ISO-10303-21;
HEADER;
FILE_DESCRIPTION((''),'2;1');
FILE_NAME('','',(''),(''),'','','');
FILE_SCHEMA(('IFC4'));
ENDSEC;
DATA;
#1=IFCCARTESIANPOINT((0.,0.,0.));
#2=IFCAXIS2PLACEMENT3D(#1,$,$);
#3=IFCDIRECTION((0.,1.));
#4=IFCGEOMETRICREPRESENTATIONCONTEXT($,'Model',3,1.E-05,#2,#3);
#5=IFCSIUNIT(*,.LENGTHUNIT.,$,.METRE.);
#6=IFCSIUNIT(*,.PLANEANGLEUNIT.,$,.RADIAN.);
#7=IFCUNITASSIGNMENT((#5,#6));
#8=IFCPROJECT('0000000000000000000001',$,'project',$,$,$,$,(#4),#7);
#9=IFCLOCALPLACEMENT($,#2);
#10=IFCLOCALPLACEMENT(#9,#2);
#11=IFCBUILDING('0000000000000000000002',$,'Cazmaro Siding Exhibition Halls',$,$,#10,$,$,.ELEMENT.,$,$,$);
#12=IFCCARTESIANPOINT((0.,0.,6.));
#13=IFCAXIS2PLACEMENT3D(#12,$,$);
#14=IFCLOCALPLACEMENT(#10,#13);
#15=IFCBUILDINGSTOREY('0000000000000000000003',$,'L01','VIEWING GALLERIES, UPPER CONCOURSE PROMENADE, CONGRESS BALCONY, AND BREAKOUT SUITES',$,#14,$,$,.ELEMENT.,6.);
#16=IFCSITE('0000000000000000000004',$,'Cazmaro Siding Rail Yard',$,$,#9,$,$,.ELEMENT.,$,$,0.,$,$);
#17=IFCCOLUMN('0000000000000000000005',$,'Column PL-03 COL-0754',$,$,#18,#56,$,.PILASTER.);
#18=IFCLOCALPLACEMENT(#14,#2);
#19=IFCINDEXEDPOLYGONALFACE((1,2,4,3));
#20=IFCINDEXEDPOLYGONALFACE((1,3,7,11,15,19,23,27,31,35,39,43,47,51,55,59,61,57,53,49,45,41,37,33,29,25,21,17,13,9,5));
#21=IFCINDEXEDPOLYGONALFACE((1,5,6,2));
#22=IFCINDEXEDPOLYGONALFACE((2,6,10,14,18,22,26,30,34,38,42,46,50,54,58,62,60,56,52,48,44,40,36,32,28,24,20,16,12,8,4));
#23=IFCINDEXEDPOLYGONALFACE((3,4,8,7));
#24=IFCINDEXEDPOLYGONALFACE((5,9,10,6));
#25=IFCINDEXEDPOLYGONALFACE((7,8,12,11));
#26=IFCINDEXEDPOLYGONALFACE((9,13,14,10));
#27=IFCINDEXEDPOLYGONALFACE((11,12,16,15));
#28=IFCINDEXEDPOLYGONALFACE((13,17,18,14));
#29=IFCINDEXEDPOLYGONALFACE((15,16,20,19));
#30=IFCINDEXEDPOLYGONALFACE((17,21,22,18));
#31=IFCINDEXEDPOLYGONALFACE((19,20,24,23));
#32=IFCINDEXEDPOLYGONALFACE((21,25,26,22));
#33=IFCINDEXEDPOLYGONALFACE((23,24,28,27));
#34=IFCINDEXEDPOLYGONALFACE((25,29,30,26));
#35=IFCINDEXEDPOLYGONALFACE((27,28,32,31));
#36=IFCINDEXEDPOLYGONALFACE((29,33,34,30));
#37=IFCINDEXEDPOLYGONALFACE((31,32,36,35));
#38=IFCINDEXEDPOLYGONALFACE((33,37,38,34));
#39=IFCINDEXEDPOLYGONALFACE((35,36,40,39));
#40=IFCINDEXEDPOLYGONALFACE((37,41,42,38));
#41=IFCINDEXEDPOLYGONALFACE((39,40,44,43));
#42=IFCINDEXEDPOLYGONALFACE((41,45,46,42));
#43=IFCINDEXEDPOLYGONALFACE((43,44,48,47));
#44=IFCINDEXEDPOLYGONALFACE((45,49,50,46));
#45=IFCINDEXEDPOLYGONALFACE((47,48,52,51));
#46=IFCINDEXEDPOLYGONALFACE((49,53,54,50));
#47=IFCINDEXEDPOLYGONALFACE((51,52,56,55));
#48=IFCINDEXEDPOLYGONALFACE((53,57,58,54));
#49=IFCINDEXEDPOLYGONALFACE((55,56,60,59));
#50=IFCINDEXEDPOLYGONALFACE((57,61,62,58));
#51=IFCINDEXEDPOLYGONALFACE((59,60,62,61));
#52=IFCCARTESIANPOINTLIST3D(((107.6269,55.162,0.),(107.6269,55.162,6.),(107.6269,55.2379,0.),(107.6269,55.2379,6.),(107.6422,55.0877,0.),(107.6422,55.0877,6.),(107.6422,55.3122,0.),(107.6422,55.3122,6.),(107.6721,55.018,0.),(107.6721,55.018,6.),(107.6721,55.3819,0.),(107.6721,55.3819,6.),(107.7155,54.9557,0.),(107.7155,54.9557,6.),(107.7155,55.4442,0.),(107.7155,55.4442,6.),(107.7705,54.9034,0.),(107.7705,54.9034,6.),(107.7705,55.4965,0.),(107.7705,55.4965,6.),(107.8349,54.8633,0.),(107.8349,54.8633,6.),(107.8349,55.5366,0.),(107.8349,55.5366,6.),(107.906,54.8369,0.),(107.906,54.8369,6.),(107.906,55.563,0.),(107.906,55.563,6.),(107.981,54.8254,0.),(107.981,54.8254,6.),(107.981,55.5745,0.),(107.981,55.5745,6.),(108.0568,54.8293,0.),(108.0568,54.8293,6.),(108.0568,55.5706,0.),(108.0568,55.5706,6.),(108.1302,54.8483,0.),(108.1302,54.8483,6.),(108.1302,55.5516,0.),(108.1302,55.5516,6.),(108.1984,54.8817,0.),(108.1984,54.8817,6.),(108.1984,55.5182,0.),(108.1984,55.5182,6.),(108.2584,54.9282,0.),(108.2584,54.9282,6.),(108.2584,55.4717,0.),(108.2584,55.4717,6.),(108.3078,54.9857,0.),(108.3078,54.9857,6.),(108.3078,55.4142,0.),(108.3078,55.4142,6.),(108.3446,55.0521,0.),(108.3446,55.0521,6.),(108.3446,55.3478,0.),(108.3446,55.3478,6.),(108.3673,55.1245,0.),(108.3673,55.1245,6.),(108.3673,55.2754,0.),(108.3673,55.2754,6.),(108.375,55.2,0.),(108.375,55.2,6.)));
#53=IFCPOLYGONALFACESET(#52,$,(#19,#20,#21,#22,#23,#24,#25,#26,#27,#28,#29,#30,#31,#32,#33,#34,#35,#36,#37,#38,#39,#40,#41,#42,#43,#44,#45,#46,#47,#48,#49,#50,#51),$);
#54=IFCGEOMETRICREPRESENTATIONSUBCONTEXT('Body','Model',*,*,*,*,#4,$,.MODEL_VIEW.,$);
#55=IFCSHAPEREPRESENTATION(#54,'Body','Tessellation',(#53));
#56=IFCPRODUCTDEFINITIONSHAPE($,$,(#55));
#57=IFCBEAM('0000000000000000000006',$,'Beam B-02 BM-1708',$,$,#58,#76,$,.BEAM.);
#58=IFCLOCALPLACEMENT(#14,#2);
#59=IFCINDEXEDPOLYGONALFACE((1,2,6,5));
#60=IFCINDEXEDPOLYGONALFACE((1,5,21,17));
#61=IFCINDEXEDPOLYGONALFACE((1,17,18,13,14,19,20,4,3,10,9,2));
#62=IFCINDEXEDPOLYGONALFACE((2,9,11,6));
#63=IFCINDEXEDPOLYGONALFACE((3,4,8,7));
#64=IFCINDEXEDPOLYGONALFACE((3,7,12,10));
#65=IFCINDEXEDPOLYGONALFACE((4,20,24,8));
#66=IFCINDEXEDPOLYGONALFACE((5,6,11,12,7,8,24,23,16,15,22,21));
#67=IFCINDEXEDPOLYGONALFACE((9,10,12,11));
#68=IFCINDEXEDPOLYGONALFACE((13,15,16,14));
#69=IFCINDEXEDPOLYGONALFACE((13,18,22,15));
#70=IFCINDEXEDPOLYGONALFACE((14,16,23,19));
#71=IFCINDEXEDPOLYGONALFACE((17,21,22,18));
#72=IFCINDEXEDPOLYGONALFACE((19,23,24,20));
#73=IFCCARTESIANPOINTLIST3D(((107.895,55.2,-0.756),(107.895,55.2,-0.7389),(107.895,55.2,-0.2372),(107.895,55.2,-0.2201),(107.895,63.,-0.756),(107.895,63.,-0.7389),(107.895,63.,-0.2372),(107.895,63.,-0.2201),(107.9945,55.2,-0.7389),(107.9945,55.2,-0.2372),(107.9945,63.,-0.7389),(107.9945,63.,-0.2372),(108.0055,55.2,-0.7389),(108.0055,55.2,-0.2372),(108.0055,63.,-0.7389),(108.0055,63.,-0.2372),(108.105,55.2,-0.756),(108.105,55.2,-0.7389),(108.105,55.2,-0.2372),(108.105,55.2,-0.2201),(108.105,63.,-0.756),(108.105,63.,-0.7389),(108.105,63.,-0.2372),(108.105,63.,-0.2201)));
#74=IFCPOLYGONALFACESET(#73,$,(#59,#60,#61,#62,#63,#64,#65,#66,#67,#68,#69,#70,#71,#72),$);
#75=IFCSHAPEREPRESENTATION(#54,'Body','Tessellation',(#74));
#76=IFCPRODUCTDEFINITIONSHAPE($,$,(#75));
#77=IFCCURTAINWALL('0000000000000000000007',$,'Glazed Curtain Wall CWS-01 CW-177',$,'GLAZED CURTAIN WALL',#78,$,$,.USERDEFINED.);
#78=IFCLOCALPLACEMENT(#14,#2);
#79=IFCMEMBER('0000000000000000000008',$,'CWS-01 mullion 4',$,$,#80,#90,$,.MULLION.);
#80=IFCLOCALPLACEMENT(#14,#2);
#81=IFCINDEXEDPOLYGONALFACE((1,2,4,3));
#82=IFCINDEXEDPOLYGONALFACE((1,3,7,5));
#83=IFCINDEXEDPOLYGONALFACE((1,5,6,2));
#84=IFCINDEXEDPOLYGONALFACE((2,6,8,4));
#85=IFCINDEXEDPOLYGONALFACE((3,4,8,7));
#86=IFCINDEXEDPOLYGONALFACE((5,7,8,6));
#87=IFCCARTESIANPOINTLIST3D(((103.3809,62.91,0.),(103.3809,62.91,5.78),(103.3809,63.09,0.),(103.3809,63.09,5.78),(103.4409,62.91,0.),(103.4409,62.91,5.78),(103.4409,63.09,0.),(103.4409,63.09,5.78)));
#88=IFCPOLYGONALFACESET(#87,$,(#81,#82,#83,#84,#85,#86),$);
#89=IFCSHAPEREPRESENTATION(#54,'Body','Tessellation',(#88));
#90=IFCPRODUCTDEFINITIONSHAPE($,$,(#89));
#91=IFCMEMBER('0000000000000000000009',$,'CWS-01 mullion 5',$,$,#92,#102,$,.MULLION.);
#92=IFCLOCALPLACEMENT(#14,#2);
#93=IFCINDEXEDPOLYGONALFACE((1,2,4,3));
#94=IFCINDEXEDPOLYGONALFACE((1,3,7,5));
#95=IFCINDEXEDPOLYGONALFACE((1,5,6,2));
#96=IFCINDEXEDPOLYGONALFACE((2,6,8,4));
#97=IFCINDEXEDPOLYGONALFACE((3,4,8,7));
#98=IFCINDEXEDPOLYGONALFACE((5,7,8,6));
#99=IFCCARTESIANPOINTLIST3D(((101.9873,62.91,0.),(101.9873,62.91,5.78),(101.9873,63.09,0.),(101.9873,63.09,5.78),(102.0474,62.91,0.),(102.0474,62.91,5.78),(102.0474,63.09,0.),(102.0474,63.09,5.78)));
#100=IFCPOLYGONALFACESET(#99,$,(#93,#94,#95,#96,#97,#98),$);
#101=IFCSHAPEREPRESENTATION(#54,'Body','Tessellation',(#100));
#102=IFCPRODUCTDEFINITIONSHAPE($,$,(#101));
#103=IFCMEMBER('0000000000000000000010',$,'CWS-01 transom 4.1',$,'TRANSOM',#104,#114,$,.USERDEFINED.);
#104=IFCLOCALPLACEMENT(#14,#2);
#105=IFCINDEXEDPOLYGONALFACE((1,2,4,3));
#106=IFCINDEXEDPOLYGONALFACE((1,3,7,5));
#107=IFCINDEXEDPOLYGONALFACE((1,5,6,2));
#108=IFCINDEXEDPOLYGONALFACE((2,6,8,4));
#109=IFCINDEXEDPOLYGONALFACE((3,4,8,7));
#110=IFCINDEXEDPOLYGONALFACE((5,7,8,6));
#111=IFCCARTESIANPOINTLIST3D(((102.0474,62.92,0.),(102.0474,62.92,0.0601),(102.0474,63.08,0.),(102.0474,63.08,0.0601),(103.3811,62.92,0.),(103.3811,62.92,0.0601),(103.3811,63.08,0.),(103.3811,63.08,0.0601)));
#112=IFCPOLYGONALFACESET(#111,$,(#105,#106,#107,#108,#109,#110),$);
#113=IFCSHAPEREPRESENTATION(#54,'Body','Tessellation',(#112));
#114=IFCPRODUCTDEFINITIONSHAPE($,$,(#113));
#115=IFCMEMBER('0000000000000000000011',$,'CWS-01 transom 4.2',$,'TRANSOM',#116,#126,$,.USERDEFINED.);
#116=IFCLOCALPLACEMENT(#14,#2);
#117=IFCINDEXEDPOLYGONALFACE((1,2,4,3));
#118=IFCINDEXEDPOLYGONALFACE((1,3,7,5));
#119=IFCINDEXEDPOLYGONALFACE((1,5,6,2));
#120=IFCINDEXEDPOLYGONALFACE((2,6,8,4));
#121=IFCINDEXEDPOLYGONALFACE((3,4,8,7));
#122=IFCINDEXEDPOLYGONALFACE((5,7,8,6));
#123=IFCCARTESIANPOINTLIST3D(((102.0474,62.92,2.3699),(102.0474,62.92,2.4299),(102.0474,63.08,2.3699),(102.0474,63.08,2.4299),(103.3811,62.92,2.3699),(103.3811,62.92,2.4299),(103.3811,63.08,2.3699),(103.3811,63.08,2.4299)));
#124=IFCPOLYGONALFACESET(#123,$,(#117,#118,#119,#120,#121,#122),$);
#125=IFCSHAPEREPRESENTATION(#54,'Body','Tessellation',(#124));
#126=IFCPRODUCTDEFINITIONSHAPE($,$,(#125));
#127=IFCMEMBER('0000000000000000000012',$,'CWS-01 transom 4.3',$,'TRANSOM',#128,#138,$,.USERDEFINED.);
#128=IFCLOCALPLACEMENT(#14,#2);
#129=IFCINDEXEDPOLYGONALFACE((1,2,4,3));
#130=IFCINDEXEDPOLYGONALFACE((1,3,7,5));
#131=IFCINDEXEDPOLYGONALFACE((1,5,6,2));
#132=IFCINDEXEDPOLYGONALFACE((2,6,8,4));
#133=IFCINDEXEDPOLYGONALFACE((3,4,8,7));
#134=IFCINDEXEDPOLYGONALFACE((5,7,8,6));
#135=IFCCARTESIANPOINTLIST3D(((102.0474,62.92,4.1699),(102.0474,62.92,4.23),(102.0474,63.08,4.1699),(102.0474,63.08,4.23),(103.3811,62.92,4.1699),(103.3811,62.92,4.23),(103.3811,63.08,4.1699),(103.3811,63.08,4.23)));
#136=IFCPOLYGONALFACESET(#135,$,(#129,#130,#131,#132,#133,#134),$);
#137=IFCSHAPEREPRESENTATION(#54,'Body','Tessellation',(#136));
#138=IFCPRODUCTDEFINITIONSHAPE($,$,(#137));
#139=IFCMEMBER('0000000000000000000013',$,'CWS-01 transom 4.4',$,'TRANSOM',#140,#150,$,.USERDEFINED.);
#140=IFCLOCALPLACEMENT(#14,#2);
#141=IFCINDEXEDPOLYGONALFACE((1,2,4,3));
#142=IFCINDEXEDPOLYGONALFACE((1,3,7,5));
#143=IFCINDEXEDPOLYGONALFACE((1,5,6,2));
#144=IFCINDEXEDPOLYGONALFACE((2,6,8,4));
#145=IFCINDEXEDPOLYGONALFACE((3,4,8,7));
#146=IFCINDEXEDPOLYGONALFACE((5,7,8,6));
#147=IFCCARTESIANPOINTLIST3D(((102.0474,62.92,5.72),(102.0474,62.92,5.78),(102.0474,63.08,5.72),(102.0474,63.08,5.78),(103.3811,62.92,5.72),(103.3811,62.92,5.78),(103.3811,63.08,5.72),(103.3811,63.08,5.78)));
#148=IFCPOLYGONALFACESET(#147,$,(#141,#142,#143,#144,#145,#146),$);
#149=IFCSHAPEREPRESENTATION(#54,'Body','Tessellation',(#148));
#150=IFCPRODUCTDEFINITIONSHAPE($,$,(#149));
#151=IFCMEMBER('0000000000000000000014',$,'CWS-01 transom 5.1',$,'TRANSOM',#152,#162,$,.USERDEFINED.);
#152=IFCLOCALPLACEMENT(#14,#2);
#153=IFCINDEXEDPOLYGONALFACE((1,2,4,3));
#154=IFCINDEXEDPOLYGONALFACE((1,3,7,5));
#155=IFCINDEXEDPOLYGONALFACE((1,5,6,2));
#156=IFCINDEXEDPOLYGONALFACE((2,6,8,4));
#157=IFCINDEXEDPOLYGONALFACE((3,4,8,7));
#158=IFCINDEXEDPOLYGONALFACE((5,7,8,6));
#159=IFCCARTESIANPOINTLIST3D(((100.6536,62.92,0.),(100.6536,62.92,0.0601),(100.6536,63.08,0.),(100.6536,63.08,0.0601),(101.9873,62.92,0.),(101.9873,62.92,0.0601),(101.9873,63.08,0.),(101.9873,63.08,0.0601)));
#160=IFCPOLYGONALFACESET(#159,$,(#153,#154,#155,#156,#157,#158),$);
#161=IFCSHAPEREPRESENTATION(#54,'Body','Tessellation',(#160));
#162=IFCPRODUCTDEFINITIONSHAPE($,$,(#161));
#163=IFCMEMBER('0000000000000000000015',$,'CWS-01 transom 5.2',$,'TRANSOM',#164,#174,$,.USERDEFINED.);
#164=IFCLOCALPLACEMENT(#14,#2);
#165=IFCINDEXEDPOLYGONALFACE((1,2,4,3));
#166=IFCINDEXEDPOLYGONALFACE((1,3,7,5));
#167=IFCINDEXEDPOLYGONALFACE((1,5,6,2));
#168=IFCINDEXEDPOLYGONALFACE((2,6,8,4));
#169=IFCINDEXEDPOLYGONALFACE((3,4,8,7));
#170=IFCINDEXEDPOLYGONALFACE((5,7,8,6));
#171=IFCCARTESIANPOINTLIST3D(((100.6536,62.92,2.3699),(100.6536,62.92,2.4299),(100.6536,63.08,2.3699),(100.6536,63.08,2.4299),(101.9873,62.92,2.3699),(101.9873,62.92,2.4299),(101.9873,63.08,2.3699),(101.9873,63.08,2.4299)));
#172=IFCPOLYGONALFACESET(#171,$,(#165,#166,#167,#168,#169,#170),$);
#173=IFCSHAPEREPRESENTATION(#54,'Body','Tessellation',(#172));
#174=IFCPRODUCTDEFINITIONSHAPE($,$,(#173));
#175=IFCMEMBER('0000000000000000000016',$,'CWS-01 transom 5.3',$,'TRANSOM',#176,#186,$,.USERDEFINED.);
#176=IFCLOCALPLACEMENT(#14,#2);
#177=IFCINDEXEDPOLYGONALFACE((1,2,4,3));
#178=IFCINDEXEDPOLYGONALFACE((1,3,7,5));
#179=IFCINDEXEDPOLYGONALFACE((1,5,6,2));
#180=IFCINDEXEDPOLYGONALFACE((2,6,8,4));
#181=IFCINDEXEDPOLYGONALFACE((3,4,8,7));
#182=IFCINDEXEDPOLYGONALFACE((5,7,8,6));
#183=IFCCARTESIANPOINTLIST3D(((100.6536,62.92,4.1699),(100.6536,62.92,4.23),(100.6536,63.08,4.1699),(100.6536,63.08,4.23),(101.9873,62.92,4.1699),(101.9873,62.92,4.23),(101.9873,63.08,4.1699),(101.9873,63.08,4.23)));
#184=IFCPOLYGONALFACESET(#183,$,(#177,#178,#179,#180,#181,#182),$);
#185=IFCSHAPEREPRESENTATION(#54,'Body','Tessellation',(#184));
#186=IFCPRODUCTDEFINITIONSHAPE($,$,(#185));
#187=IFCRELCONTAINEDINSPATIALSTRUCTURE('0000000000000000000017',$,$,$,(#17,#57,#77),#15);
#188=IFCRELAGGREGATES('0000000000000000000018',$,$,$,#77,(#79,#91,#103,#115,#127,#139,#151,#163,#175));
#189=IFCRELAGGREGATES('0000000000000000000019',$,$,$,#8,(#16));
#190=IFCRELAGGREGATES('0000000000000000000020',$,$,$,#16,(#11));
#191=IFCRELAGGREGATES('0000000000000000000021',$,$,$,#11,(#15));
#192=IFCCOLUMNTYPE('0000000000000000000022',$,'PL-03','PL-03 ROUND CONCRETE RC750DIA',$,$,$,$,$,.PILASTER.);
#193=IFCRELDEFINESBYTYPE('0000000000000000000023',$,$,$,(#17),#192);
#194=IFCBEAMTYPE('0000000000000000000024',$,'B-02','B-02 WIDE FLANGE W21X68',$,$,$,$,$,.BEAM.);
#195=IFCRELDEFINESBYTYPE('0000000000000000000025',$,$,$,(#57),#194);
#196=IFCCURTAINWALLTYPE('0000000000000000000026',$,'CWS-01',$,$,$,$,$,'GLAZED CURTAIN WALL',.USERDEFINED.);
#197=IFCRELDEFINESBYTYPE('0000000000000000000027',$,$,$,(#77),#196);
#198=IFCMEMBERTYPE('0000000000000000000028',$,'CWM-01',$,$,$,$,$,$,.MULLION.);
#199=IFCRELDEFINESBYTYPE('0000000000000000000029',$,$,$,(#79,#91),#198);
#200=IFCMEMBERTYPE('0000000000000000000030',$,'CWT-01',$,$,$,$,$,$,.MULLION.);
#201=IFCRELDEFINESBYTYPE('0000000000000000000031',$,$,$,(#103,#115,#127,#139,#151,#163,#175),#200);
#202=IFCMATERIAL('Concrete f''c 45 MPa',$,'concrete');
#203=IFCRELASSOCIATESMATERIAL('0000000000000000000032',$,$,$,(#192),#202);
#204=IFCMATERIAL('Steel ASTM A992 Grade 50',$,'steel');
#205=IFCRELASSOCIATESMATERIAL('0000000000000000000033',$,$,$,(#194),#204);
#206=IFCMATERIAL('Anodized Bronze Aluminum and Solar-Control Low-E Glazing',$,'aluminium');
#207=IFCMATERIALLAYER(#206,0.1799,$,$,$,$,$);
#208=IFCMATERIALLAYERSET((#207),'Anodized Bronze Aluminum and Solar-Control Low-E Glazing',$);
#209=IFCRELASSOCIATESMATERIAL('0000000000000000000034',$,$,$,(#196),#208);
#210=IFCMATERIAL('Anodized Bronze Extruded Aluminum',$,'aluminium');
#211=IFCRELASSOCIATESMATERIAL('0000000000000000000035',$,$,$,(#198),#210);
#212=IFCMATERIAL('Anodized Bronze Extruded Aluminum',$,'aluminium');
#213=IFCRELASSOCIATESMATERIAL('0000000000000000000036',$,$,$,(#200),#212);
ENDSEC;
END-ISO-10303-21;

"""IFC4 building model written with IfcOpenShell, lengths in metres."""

from ifc_helpers import new_model, si_unit, direction, frame, origin, origin_2d, place, context, subcontext, project, spatial, rectangle, circle, i_section, extrude, material, layer, layer_set, material_profile, profile_set, type_object, element, aggregate, save


model = new_model("IFC4")

# Units and contexts
model_context = context("Model", 3, precision=1e-05, world=origin(), true_north=direction((0.0, 1.0)))
body_context = subcontext(model_context, "Body", "Model", "MODEL_VIEW")
ifc_project = project(units=[si_unit("LENGTHUNIT", "METRE"), si_unit("PLANEANGLEUNIT", "RADIAN")], contexts=[model_context])

# Site, building, storey
site_placement = place(None, origin())
site = spatial("IfcSite", under=ifc_project, at=site_placement, Name="Cazmaro Siding Rail Yard", CompositionType="ELEMENT", RefElevation=0.0)
building_placement = place(site_placement, origin())
building = spatial("IfcBuilding", under=site, at=building_placement, Name="Cazmaro Siding Exhibition Halls", CompositionType="ELEMENT")
storey_placement = place(building_placement, frame((0.0, 0.0, 6.0)))
storey = spatial("IfcBuildingStorey", under=building, at=storey_placement, Name="L01", Description="VIEWING GALLERIES, UPPER CONCOURSE PROMENADE, CONGRESS BALCONY, AND BREAKOUT SUITES", CompositionType="ELEMENT", Elevation=6.0)

# Column
ifc_material_1 = material(Name="Concrete f'c 45 MPa", Category="concrete")
ifc_material_profile_1 = material_profile(ifc_material_1, circle(Radius=0.375, at=origin_2d()), Name="RC750DIA")
ifc_profile_set_1 = profile_set([ifc_material_profile_1], Name="Concrete f'c 45 MPa")
column_type = type_object("IfcColumnType", Name="PL-03", Description="PL-03 ROUND CONCRETE RC750DIA", PredefinedType="PILASTER", material=ifc_profile_set_1)
column_placement = place(storey_placement, frame((108.0, 55.2, 0.0), z_axis=(0.0, 0.0, 1.0), x_axis=(1.0, 0.0, 0.0)))
element("IfcColumn", 1, at=column_placement, inside=storey, type_object=column_type, Name="Column PL-03 COL-0754", PredefinedType="PILASTER", context=body_context, shape_type="SweptSolid", body=[
    extrude(circle(Radius=0.375, at=origin_2d()), origin(), (0.0, 0.0, 1.0), 6.0),
])

# Beam
ifc_material_2 = material(Name="Steel ASTM A992 Grade 50", Category="steel")
ifc_material_profile_2 = material_profile(ifc_material_2, i_section(OverallWidth=0.21, OverallDepth=0.5359, WebThickness=0.011, FlangeThickness=0.0171, at=origin_2d()), Name="W21X68")
ifc_profile_set_2 = profile_set([ifc_material_profile_2], Name="Steel ASTM A992 Grade 50")
beam_type_1 = type_object("IfcBeamType", Name="B-02", Description="B-02 WIDE FLANGE W21X68", PredefinedType="BEAM", material=ifc_profile_set_2)
beam_1_placement = place(storey_placement, frame((108.0, 55.2, -0.488), z_axis=(0.0, 1.0, 0.0), x_axis=(-1.0, 0.0, 0.0)))
element("IfcBeam", 2, at=beam_1_placement, inside=storey, type_object=beam_type_1, Name="Beam B-02 BM-1708", PredefinedType="BEAM", context=body_context, shape_type="SweptSolid", body=[
    extrude(i_section(OverallWidth=0.21, OverallDepth=0.5359, WebThickness=0.011, FlangeThickness=0.0171, at=origin_2d()), origin(), (0.0, 0.0, 1.0), 7.8),
])

# Curtain wall, members
ifc_material_3 = material(Name="Anodized Bronze Aluminum and Solar-Control Low-E Glazing", Category="aluminium")
ifc_layer_1 = layer(ifc_material_3, 0.1799)
ifc_layer_set_1 = layer_set([ifc_layer_1], Name="Anodized Bronze Aluminum and Solar-Control Low-E Glazing")
curtain_wall_type = type_object("IfcCurtainWallType", Name="CWS-01", ElementType="GLAZED CURTAIN WALL", PredefinedType="USERDEFINED", material=ifc_layer_set_1)
curtain_wall_placement = place(storey_placement, origin())
curtain_wall = element("IfcCurtainWall", 3, at=curtain_wall_placement, inside=storey, type_object=curtain_wall_type, Name="Glazed Curtain Wall CWS-01 CW-177", ObjectType="GLAZED CURTAIN WALL", PredefinedType="USERDEFINED")
ifc_material_4 = material(Name="Anodized Bronze Extruded Aluminum", Category="aluminium")
ifc_material_profile_3 = material_profile(ifc_material_4, rectangle(XDim=0.1799, YDim=0.0601, at=origin_2d()), Name="CWM-01")
ifc_profile_set_3 = profile_set([ifc_material_profile_3], Name="Anodized Bronze Extruded Aluminum")
member_type_1 = type_object("IfcMemberType", Name="CWM-01", PredefinedType="MULLION", material=ifc_profile_set_3)
member_1_placement = place(storey_placement, frame((103.4109, 63.0, 0.0), z_axis=(0.0, 0.0, 1.0), x_axis=(0.0, -1.0, 0.0)))
member_1 = element("IfcMember", 4, at=member_1_placement, type_object=member_type_1, Name="CWS-01 mullion 4", PredefinedType="MULLION", context=body_context, shape_type="SweptSolid", body=[
    extrude(rectangle(XDim=0.1799, YDim=0.0601, at=origin_2d()), origin(), (0.0, 0.0, 1.0), 5.78),
])
member_2_placement = place(storey_placement, frame((102.0173, 63.0, 0.0), z_axis=(0.0, 0.0, 1.0), x_axis=(0.0, -1.0, 0.0)))
member_2 = element("IfcMember", 5, at=member_2_placement, type_object=member_type_1, Name="CWS-01 mullion 5", PredefinedType="MULLION", context=body_context, shape_type="SweptSolid", body=[
    extrude(rectangle(XDim=0.1799, YDim=0.0601, at=origin_2d()), origin(), (0.0, 0.0, 1.0), 5.78),
])
ifc_material_5 = material(Name="Anodized Bronze Extruded Aluminum", Category="aluminium")
ifc_material_profile_4 = material_profile(ifc_material_5, rectangle(XDim=0.1599, YDim=0.0601, at=origin_2d()), Name="CWT-01")
ifc_profile_set_4 = profile_set([ifc_material_profile_4], Name="Anodized Bronze Extruded Aluminum")
member_type_2 = type_object("IfcMemberType", Name="CWT-01", PredefinedType="MULLION", material=ifc_profile_set_4)
member_3_placement = place(storey_placement, frame((103.3811, 63.0, 0.03), z_axis=(-1.0, 0.0, 0.0), x_axis=(0.0, -1.0, 0.0)))
member_3 = element("IfcMember", 6, at=member_3_placement, type_object=member_type_2, Name="CWS-01 transom 4.1", ObjectType="TRANSOM", PredefinedType="USERDEFINED", context=body_context, shape_type="SweptSolid", body=[
    extrude(rectangle(XDim=0.1599, YDim=0.0601, at=origin_2d()), origin(), (0.0, 0.0, 1.0), 1.3337),
])
member_4_placement = place(storey_placement, frame((103.3811, 63.0, 2.3999), z_axis=(-1.0, 0.0, 0.0), x_axis=(0.0, -1.0, 0.0)))
member_4 = element("IfcMember", 7, at=member_4_placement, type_object=member_type_2, Name="CWS-01 transom 4.2", ObjectType="TRANSOM", PredefinedType="USERDEFINED", context=body_context, shape_type="SweptSolid", body=[
    extrude(rectangle(XDim=0.1599, YDim=0.0601, at=origin_2d()), origin(), (0.0, 0.0, 1.0), 1.3337),
])
member_5_placement = place(storey_placement, frame((103.3811, 63.0, 4.2), z_axis=(-1.0, 0.0, 0.0), x_axis=(0.0, -1.0, 0.0)))
member_5 = element("IfcMember", 8, at=member_5_placement, type_object=member_type_2, Name="CWS-01 transom 4.3", ObjectType="TRANSOM", PredefinedType="USERDEFINED", context=body_context, shape_type="SweptSolid", body=[
    extrude(rectangle(XDim=0.1599, YDim=0.0601, at=origin_2d()), origin(), (0.0, 0.0, 1.0), 1.3337),
])
member_6_placement = place(storey_placement, frame((103.3811, 63.0, 5.75), z_axis=(-1.0, 0.0, 0.0), x_axis=(0.0, -1.0, 0.0)))
member_6 = element("IfcMember", 9, at=member_6_placement, type_object=member_type_2, Name="CWS-01 transom 4.4", ObjectType="TRANSOM", PredefinedType="USERDEFINED", context=body_context, shape_type="SweptSolid", body=[
    extrude(rectangle(XDim=0.1599, YDim=0.0601, at=origin_2d()), origin(), (0.0, 0.0, 1.0), 1.3337),
])
member_7_placement = place(storey_placement, frame((101.9873, 63.0, 0.03), z_axis=(-1.0, 0.0, 0.0), x_axis=(0.0, -1.0, 0.0)))
member_7 = element("IfcMember", 10, at=member_7_placement, type_object=member_type_2, Name="CWS-01 transom 5.1", ObjectType="TRANSOM", PredefinedType="USERDEFINED", context=body_context, shape_type="SweptSolid", body=[
    extrude(rectangle(XDim=0.1599, YDim=0.0601, at=origin_2d()), origin(), (0.0, 0.0, 1.0), 1.3337),
])
member_8_placement = place(storey_placement, frame((101.9873, 63.0, 2.3999), z_axis=(-1.0, 0.0, 0.0), x_axis=(0.0, -1.0, 0.0)))
member_8 = element("IfcMember", 11, at=member_8_placement, type_object=member_type_2, Name="CWS-01 transom 5.2", ObjectType="TRANSOM", PredefinedType="USERDEFINED", context=body_context, shape_type="SweptSolid", body=[
    extrude(rectangle(XDim=0.1599, YDim=0.0601, at=origin_2d()), origin(), (0.0, 0.0, 1.0), 1.3337),
])
member_9_placement = place(storey_placement, frame((101.9873, 63.0, 4.2), z_axis=(-1.0, 0.0, 0.0), x_axis=(0.0, -1.0, 0.0)))
member_9 = element("IfcMember", 12, at=member_9_placement, type_object=member_type_2, Name="CWS-01 transom 5.3", ObjectType="TRANSOM", PredefinedType="USERDEFINED", context=body_context, shape_type="SweptSolid", body=[
    extrude(rectangle(XDim=0.1599, YDim=0.0601, at=origin_2d()), origin(), (0.0, 0.0, 1.0), 1.3337),
])

aggregate(curtain_wall, [member_1, member_2, member_3, member_4, member_5, member_6, member_7, member_8, member_9])

save(model, "model.ifc")
